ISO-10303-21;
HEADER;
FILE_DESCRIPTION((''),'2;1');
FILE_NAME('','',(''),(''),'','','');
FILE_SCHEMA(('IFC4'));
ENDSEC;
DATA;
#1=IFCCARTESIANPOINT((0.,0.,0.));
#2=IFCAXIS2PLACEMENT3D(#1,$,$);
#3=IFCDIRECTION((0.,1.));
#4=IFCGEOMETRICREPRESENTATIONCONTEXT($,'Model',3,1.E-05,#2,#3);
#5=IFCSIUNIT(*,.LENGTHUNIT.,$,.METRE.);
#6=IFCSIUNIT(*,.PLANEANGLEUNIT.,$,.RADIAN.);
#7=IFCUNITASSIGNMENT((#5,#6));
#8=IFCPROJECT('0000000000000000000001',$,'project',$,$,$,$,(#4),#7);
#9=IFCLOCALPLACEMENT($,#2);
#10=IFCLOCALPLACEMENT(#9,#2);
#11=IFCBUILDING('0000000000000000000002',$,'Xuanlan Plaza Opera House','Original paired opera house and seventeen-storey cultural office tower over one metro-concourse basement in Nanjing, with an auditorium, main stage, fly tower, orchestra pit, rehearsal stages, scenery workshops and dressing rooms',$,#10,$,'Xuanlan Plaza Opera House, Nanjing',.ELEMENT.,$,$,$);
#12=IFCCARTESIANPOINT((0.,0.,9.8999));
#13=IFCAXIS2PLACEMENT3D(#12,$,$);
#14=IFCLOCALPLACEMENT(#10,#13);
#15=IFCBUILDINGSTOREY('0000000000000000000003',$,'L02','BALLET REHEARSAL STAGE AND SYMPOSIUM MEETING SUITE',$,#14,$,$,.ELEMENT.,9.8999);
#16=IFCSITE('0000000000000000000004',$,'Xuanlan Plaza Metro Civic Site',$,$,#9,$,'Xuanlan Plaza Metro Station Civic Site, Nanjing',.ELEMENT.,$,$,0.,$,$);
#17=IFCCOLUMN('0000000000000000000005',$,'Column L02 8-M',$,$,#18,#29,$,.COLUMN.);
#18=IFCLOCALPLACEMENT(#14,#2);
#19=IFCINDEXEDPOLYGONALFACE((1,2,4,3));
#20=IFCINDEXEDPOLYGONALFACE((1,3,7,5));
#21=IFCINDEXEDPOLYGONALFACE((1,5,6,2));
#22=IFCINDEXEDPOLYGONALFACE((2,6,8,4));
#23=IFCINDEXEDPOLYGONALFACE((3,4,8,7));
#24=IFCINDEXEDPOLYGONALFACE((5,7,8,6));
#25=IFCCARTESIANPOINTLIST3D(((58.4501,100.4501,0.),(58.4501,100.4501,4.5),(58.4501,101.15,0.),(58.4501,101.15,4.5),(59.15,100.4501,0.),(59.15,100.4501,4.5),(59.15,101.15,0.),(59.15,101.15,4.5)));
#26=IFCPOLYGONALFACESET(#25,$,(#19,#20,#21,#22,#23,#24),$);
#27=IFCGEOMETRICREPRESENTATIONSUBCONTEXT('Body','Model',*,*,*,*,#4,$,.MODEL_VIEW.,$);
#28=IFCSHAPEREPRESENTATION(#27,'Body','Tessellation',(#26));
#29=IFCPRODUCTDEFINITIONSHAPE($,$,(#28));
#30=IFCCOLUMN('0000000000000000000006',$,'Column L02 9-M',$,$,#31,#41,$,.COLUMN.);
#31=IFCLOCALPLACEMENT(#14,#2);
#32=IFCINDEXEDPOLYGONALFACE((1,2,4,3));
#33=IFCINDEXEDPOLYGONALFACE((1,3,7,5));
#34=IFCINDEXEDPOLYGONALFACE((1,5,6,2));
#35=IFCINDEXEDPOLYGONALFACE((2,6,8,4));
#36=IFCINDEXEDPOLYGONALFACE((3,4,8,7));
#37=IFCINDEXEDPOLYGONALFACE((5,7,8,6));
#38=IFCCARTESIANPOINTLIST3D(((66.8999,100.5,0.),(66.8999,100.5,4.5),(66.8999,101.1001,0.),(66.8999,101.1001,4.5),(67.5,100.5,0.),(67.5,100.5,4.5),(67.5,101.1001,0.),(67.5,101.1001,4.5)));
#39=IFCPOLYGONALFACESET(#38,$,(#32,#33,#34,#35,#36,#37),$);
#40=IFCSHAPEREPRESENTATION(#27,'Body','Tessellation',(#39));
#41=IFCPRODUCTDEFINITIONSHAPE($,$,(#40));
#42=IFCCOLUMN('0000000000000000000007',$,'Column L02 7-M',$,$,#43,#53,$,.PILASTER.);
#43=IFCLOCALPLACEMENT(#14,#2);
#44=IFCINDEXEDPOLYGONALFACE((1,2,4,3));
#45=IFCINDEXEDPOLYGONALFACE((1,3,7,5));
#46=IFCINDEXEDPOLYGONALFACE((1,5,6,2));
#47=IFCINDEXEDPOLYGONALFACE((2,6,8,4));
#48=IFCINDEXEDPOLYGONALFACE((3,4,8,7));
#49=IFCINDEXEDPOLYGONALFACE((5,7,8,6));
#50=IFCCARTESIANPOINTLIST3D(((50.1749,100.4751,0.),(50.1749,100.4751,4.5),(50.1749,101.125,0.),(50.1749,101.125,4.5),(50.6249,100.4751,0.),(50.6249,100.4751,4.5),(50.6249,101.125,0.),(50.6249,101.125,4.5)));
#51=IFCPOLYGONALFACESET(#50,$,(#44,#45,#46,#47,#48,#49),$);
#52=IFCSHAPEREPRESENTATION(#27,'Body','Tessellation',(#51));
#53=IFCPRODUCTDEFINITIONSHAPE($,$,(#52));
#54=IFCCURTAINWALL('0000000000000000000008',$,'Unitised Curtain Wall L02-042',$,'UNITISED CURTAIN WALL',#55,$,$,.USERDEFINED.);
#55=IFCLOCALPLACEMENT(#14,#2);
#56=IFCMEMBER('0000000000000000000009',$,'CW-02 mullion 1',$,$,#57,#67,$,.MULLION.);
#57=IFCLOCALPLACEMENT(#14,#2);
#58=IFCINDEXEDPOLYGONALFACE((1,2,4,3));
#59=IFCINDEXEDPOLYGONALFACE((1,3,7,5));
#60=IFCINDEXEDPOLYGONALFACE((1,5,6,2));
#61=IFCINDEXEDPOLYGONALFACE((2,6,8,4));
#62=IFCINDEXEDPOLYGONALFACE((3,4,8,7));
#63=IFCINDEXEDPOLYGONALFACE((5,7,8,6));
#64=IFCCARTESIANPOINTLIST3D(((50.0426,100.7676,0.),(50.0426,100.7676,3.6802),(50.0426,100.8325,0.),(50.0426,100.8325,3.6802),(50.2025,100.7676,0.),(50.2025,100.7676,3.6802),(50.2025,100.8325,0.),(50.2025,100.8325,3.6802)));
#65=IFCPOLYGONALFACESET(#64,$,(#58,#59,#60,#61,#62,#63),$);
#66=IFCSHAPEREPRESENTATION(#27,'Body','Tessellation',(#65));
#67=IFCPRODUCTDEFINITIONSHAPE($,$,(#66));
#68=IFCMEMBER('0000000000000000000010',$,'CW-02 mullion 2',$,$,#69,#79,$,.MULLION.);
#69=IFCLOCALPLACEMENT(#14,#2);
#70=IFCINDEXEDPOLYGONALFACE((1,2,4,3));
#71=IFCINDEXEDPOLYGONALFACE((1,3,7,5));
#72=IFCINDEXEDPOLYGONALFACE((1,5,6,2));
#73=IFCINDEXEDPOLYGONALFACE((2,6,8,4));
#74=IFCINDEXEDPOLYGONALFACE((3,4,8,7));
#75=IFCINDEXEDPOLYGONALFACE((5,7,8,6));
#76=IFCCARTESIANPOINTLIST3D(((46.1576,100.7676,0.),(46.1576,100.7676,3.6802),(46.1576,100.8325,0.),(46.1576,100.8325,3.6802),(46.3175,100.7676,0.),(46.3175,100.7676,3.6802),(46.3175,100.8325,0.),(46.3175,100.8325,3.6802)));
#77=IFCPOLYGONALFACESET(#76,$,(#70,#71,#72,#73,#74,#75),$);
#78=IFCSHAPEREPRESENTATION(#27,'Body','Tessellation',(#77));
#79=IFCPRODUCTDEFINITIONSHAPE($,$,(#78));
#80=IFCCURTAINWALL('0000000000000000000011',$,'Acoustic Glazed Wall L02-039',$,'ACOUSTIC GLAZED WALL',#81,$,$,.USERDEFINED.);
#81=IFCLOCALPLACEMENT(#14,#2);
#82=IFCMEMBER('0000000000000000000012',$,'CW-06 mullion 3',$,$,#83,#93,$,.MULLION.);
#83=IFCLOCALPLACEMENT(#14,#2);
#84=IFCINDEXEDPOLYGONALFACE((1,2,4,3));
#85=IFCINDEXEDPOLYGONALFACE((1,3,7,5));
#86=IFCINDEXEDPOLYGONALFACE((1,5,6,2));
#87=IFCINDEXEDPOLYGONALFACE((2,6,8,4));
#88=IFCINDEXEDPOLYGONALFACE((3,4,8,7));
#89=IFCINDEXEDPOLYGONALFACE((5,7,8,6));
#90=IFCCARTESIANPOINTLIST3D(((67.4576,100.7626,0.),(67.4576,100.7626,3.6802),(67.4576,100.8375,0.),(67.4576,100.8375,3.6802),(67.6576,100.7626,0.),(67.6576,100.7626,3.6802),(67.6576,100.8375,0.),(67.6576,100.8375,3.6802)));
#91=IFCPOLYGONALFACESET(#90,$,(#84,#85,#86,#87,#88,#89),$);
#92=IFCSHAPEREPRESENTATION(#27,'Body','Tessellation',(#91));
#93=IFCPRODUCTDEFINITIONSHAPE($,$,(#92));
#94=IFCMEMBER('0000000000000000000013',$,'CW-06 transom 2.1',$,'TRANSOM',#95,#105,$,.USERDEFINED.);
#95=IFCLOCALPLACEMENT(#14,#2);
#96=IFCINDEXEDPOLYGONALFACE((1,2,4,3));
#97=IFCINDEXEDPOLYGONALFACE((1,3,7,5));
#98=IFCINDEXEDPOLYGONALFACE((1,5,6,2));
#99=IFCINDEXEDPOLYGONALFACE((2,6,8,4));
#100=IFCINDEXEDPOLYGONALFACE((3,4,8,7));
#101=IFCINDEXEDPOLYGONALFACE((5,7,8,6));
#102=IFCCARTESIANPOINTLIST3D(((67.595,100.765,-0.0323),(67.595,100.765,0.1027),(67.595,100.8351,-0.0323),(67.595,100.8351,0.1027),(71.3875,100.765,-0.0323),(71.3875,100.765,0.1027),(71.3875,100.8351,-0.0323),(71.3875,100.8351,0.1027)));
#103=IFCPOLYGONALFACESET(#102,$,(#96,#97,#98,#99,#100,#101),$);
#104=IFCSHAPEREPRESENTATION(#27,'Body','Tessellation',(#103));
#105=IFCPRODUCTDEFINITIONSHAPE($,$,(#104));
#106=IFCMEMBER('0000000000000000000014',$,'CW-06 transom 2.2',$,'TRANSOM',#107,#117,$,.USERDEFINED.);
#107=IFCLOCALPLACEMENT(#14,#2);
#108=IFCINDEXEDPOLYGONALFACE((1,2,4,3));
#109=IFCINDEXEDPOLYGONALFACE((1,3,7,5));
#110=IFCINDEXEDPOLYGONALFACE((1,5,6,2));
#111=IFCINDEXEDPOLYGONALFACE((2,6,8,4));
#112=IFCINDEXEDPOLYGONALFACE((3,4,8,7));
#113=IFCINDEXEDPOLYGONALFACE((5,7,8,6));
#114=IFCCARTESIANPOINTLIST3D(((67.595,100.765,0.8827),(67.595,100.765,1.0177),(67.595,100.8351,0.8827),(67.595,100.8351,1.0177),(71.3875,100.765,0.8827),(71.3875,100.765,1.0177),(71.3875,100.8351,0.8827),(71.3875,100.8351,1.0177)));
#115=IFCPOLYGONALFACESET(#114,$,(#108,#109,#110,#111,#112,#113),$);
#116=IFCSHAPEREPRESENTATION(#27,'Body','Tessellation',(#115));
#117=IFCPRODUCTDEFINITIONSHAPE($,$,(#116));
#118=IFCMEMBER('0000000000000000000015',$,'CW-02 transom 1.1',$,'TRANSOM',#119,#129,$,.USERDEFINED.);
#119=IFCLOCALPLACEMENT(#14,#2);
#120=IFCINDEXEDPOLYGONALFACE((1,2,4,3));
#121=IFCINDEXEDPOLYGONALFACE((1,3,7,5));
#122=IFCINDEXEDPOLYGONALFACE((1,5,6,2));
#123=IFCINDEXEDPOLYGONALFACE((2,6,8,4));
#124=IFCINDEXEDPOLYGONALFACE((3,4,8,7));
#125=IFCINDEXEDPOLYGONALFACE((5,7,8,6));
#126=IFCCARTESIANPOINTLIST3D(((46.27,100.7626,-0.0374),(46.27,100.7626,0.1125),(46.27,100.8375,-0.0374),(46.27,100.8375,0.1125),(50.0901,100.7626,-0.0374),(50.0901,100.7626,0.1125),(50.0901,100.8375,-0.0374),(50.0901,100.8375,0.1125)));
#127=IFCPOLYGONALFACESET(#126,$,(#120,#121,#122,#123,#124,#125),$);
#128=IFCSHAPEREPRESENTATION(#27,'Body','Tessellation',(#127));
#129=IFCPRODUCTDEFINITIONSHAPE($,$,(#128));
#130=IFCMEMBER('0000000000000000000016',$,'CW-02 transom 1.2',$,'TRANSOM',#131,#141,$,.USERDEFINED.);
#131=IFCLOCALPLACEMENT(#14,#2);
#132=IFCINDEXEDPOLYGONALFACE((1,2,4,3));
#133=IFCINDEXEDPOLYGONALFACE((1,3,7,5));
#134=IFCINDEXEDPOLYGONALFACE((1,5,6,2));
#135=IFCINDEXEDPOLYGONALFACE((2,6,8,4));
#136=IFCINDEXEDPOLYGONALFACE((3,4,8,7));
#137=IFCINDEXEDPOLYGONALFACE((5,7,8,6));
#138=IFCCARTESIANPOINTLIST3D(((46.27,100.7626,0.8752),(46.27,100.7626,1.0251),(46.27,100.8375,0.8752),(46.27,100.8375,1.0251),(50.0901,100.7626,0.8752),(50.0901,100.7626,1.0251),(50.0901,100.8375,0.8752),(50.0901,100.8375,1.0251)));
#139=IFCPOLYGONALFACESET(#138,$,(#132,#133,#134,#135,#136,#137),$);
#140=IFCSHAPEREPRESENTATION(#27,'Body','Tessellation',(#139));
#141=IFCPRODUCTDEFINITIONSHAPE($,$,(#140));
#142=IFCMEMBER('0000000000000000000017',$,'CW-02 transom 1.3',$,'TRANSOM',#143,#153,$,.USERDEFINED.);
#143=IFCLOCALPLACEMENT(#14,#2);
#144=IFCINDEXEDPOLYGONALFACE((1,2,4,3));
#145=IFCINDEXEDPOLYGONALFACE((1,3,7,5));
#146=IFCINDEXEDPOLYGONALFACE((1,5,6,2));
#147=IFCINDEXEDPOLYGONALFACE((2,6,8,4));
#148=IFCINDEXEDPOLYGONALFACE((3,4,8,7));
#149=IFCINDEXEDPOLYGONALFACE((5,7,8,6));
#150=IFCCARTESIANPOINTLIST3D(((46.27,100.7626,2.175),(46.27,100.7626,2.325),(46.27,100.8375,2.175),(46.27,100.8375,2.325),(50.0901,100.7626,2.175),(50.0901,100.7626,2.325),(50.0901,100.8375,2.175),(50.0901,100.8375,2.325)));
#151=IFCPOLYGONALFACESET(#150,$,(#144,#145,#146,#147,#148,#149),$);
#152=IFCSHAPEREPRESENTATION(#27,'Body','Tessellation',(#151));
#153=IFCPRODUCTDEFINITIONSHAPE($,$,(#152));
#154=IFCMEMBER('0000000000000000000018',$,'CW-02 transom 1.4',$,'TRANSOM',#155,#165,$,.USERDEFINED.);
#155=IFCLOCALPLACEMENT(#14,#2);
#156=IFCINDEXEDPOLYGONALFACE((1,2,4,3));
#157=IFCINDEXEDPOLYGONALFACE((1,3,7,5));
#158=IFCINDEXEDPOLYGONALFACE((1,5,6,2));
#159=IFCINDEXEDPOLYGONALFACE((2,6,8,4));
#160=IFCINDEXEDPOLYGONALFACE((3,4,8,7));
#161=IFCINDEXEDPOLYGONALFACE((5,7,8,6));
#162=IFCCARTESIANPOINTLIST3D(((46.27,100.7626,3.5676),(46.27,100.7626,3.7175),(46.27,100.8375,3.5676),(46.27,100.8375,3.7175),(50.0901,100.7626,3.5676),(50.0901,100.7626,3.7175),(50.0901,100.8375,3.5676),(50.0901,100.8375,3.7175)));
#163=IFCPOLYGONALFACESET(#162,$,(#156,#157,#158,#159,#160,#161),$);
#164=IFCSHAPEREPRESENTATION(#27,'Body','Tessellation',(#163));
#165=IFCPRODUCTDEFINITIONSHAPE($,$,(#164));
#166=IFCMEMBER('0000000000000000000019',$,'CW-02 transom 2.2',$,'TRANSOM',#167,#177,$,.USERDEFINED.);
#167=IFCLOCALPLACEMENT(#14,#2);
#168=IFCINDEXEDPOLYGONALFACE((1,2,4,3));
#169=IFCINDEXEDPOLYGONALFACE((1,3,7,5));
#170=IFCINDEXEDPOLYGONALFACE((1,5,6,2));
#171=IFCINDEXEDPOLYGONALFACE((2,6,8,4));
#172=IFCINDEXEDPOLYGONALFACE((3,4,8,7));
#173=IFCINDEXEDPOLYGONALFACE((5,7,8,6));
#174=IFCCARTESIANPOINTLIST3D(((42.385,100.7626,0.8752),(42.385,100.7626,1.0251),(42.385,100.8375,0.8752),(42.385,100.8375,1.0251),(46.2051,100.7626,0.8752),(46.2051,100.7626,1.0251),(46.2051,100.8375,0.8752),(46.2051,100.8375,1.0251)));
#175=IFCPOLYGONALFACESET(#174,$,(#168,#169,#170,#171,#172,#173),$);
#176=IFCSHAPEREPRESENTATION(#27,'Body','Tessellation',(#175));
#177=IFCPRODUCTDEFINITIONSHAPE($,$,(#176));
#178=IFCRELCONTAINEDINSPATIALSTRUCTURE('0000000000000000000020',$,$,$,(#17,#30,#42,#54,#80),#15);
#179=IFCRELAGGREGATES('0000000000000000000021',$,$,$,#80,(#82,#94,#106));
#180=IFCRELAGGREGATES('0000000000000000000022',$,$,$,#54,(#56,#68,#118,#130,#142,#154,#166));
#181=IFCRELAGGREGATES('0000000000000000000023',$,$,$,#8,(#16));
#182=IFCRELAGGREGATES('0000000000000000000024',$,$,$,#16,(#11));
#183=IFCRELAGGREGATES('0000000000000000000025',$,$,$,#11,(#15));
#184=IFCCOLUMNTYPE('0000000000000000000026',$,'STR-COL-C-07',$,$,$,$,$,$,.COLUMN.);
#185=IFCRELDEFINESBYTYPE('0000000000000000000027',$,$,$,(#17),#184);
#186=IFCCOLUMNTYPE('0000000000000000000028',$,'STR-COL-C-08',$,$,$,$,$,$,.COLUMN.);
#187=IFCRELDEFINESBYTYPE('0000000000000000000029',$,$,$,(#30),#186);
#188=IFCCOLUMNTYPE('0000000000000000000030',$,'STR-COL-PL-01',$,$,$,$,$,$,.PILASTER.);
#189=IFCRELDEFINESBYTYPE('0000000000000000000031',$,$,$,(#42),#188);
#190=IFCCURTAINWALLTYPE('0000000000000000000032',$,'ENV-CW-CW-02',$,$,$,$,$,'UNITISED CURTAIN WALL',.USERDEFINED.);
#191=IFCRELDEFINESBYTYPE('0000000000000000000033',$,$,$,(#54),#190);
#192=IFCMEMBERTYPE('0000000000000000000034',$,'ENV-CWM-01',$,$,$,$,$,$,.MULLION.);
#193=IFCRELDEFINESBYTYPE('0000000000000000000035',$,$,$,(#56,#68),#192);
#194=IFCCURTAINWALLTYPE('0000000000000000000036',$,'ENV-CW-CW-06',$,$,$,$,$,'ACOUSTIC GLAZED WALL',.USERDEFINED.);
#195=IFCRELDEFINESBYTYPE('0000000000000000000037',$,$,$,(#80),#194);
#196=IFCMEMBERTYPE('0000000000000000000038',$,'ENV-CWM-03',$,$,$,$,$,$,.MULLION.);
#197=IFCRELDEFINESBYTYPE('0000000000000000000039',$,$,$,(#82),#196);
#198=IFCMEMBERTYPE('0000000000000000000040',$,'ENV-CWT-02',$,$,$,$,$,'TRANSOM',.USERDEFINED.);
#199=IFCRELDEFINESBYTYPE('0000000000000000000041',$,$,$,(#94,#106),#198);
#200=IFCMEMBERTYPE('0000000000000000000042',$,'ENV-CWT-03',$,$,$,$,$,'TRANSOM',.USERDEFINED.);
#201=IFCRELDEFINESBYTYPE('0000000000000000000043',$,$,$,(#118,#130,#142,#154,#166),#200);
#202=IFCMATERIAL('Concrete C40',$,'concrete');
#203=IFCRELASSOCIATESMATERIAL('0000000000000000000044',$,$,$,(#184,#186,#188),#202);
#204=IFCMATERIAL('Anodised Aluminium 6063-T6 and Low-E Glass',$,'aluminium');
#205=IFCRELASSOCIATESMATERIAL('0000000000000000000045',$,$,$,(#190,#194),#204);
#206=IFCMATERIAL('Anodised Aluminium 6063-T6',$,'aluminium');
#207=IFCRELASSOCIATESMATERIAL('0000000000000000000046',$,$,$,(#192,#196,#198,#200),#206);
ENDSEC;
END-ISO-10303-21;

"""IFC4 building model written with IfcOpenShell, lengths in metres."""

from ifc_helpers import new_model, si_unit, direction, frame, origin, origin_2d, place, context, subcontext, project, spatial, rectangle, extrude, material, material_profile, profile_set, type_object, element, aggregate, save


model = new_model("IFC4")

# Units and contexts
model_context = context("Model", 3, precision=1e-05, world=origin(), true_north=direction((0.0, 1.0)))
body_context = subcontext(model_context, "Body", "Model", "MODEL_VIEW")
ifc_project = project(units=[si_unit("LENGTHUNIT", "METRE"), si_unit("PLANEANGLEUNIT", "RADIAN")], contexts=[model_context])

# Site, building, storey
site_placement = place(None, origin())
site = spatial("IfcSite", under=ifc_project, at=site_placement, Name="Xuanlan Plaza Metro Civic Site", LongName="Xuanlan Plaza Metro Station Civic Site, Nanjing", CompositionType="ELEMENT", RefElevation=0.0)
building_placement = place(site_placement, origin())
building = spatial("IfcBuilding", under=site, at=building_placement, Name="Xuanlan Plaza Opera House", Description="Original paired opera house and seventeen-storey cultural office tower over one metro-concourse basement in Nanjing, with an auditorium, main stage, fly tower, orchestra pit, rehearsal stages, scenery workshops and dressing rooms", LongName="Xuanlan Plaza Opera House, Nanjing", CompositionType="ELEMENT")
storey_placement = place(building_placement, frame((0.0, 0.0, 9.8999)))
storey = spatial("IfcBuildingStorey", under=building, at=storey_placement, Name="L02", Description="BALLET REHEARSAL STAGE AND SYMPOSIUM MEETING SUITE", CompositionType="ELEMENT", Elevation=9.8999)

# Columns
ifc_material_1 = material(Name="Concrete C40", Category="concrete")
ifc_material_profile_1 = material_profile(ifc_material_1, rectangle(XDim=0.7, YDim=0.7, at=origin_2d()), Name="RC-COL 700x700")
ifc_profile_set_1 = profile_set([ifc_material_profile_1], Name="Concrete C40")
column_type_1 = type_object("IfcColumnType", Name="STR-COL-C-07", PredefinedType="COLUMN", material=ifc_profile_set_1)
column_1_placement = place(storey_placement, frame((58.8, 100.8, 0.0), z_axis=(0.0, 0.0, 1.0), x_axis=(1.0, 0.0, 0.0)))
element("IfcColumn", 1, at=column_1_placement, inside=storey, type_object=column_type_1, Name="Column L02 8-M", PredefinedType="COLUMN", context=body_context, shape_type="SweptSolid", body=[
    extrude(rectangle(XDim=0.7, YDim=0.7, at=origin_2d()), origin(), (0.0, 0.0, 1.0), 4.5),
])
ifc_material_profile_2 = material_profile(ifc_material_1, rectangle(XDim=0.6001, YDim=0.6001, at=origin_2d()), Name="RC-COL 600x600")
ifc_profile_set_2 = profile_set([ifc_material_profile_2], Name="Concrete C40")
column_type_2 = type_object("IfcColumnType", Name="STR-COL-C-08", PredefinedType="COLUMN", material=ifc_profile_set_2)
column_2_placement = place(storey_placement, frame((67.2, 100.8, 0.0), z_axis=(0.0, 0.0, 1.0), x_axis=(1.0, 0.0, 0.0)))
element("IfcColumn", 2, at=column_2_placement, inside=storey, type_object=column_type_2, Name="Column L02 9-M", PredefinedType="COLUMN", context=body_context, shape_type="SweptSolid", body=[
    extrude(rectangle(XDim=0.6001, YDim=0.6001, at=origin_2d()), origin(), (0.0, 0.0, 1.0), 4.5),
])
ifc_material_profile_3 = material_profile(ifc_material_1, rectangle(XDim=0.45, YDim=0.6499, at=origin_2d()), Name="RC-PIL 450x650")
ifc_profile_set_3 = profile_set([ifc_material_profile_3], Name="Concrete C40")
column_type_3 = type_object("IfcColumnType", Name="STR-COL-PL-01", PredefinedType="PILASTER", material=ifc_profile_set_3)
column_3_placement = place(storey_placement, frame((50.3999, 100.8, 0.0), z_axis=(0.0, 0.0, 1.0), x_axis=(1.0, 0.0, 0.0)))
element("IfcColumn", 3, at=column_3_placement, inside=storey, type_object=column_type_3, Name="Column L02 7-M", PredefinedType="PILASTER", context=body_context, shape_type="SweptSolid", body=[
    extrude(rectangle(XDim=0.45, YDim=0.6499, at=origin_2d()), origin(), (0.0, 0.0, 1.0), 4.5),
])

# Curtain walls, members
ifc_material_2 = material(Name="Anodised Aluminium 6063-T6 and Low-E Glass", Category="aluminium")
curtain_wall_type_1 = type_object("IfcCurtainWallType", Name="ENV-CW-CW-02", ElementType="UNITISED CURTAIN WALL", PredefinedType="USERDEFINED", material=ifc_material_2)
curtain_wall_1_placement = place(storey_placement, origin())
curtain_wall_1 = element("IfcCurtainWall", 4, at=curtain_wall_1_placement, inside=storey, type_object=curtain_wall_type_1, Name="Unitised Curtain Wall L02-042", ObjectType="UNITISED CURTAIN WALL", PredefinedType="USERDEFINED")
ifc_material_3 = material(Name="Anodised Aluminium 6063-T6", Category="aluminium")
ifc_material_profile_4 = material_profile(ifc_material_3, rectangle(XDim=0.0649, YDim=0.1599, at=origin_2d()), Name="ALU-M 65x160")
ifc_profile_set_4 = profile_set([ifc_material_profile_4], Name="Anodised Aluminium 6063-T6")
member_type_1 = type_object("IfcMemberType", Name="ENV-CWM-01", PredefinedType="MULLION", material=ifc_profile_set_4)
member_1_placement = place(storey_placement, frame((50.1226, 100.8, 0.0), z_axis=(0.0, 0.0, 1.0), x_axis=(0.0, -1.0, 0.0)))
member_1 = element("IfcMember", 5, at=member_1_placement, type_object=member_type_1, Name="CW-02 mullion 1", PredefinedType="MULLION", context=body_context, shape_type="SweptSolid", body=[
    extrude(rectangle(XDim=0.0649, YDim=0.1599, at=origin_2d()), origin(), (0.0, 0.0, 1.0), 3.6802),
])
member_2_placement = place(storey_placement, frame((46.2375, 100.8, 0.0), z_axis=(0.0, 0.0, 1.0), x_axis=(0.0, -1.0, 0.0)))
member_2 = element("IfcMember", 6, at=member_2_placement, type_object=member_type_1, Name="CW-02 mullion 2", PredefinedType="MULLION", context=body_context, shape_type="SweptSolid", body=[
    extrude(rectangle(XDim=0.0649, YDim=0.1599, at=origin_2d()), origin(), (0.0, 0.0, 1.0), 3.6802),
])
curtain_wall_type_2 = type_object("IfcCurtainWallType", Name="ENV-CW-CW-06", ElementType="ACOUSTIC GLAZED WALL", PredefinedType="USERDEFINED", material=ifc_material_2)
curtain_wall_2_placement = place(storey_placement, origin())
curtain_wall_2 = element("IfcCurtainWall", 7, at=curtain_wall_2_placement, inside=storey, type_object=curtain_wall_type_2, Name="Acoustic Glazed Wall L02-039", ObjectType="ACOUSTIC GLAZED WALL", PredefinedType="USERDEFINED")
ifc_material_profile_5 = material_profile(ifc_material_3, rectangle(XDim=0.075, YDim=0.2, at=origin_2d()), Name="ALU-M 75x200")
ifc_profile_set_5 = profile_set([ifc_material_profile_5], Name="Anodised Aluminium 6063-T6")
member_type_2 = type_object("IfcMemberType", Name="ENV-CWM-03", PredefinedType="MULLION", material=ifc_profile_set_5)
member_3_placement = place(storey_placement, frame((67.5576, 100.8, 0.0), z_axis=(0.0, 0.0, 1.0), x_axis=(0.0, -1.0, 0.0)))
member_3 = element("IfcMember", 8, at=member_3_placement, type_object=member_type_2, Name="CW-06 mullion 3", PredefinedType="MULLION", context=body_context, shape_type="SweptSolid", body=[
    extrude(rectangle(XDim=0.075, YDim=0.2, at=origin_2d()), origin(), (0.0, 0.0, 1.0), 3.6802),
])
ifc_material_profile_6 = material_profile(ifc_material_3, rectangle(XDim=0.0701, YDim=0.135, at=origin_2d()), Name="ALU-T 70x135")
ifc_profile_set_6 = profile_set([ifc_material_profile_6], Name="Anodised Aluminium 6063-T6")
member_type_3 = type_object("IfcMemberType", Name="ENV-CWT-02", ElementType="TRANSOM", PredefinedType="USERDEFINED", material=ifc_profile_set_6)
member_4_placement = place(storey_placement, frame((71.3875, 100.8, 0.0352), z_axis=(-1.0, 0.0, 0.0), x_axis=(0.0, -1.0, 0.0)))
member_4 = element("IfcMember", 9, at=member_4_placement, type_object=member_type_3, Name="CW-06 transom 2.1", ObjectType="TRANSOM", PredefinedType="USERDEFINED", context=body_context, shape_type="SweptSolid", body=[
    extrude(rectangle(XDim=0.0701, YDim=0.135, at=origin_2d()), origin(), (0.0, 0.0, 1.0), 3.7925),
])
member_5_placement = place(storey_placement, frame((71.3875, 100.8, 0.9502), z_axis=(-1.0, 0.0, 0.0), x_axis=(0.0, -1.0, 0.0)))
member_5 = element("IfcMember", 10, at=member_5_placement, type_object=member_type_3, Name="CW-06 transom 2.2", ObjectType="TRANSOM", PredefinedType="USERDEFINED", context=body_context, shape_type="SweptSolid", body=[
    extrude(rectangle(XDim=0.0701, YDim=0.135, at=origin_2d()), origin(), (0.0, 0.0, 1.0), 3.7925),
])

# Members
ifc_material_profile_7 = material_profile(ifc_material_3, rectangle(XDim=0.075, YDim=0.1499, at=origin_2d()), Name="ALU-T 75x150")
ifc_profile_set_7 = profile_set([ifc_material_profile_7], Name="Anodised Aluminium 6063-T6")
member_type_4 = type_object("IfcMemberType", Name="ENV-CWT-03", ElementType="TRANSOM", PredefinedType="USERDEFINED", material=ifc_profile_set_7)
member_6_placement = place(storey_placement, frame((50.0901, 100.8, 0.0376), z_axis=(-1.0, 0.0, 0.0), x_axis=(0.0, -1.0, 0.0)))
member_6 = element("IfcMember", 11, at=member_6_placement, type_object=member_type_4, Name="CW-02 transom 1.1", ObjectType="TRANSOM", PredefinedType="USERDEFINED", context=body_context, shape_type="SweptSolid", body=[
    extrude(rectangle(XDim=0.075, YDim=0.1499, at=origin_2d()), origin(), (0.0, 0.0, 1.0), 3.8201),
])
member_7_placement = place(storey_placement, frame((50.0901, 100.8, 0.9502), z_axis=(-1.0, 0.0, 0.0), x_axis=(0.0, -1.0, 0.0)))
member_7 = element("IfcMember", 12, at=member_7_placement, type_object=member_type_4, Name="CW-02 transom 1.2", ObjectType="TRANSOM", PredefinedType="USERDEFINED", context=body_context, shape_type="SweptSolid", body=[
    extrude(rectangle(XDim=0.075, YDim=0.1499, at=origin_2d()), origin(), (0.0, 0.0, 1.0), 3.8201),
])
member_8_placement = place(storey_placement, frame((50.0901, 100.8, 2.25), z_axis=(-1.0, 0.0, 0.0), x_axis=(0.0, -1.0, 0.0)))
member_8 = element("IfcMember", 13, at=member_8_placement, type_object=member_type_4, Name="CW-02 transom 1.3", ObjectType="TRANSOM", PredefinedType="USERDEFINED", context=body_context, shape_type="SweptSolid", body=[
    extrude(rectangle(XDim=0.075, YDim=0.1499, at=origin_2d()), origin(), (0.0, 0.0, 1.0), 3.8201),
])
member_9_placement = place(storey_placement, frame((50.0901, 100.8, 3.6426), z_axis=(-1.0, 0.0, 0.0), x_axis=(0.0, -1.0, 0.0)))
member_9 = element("IfcMember", 14, at=member_9_placement, type_object=member_type_4, Name="CW-02 transom 1.4", ObjectType="TRANSOM", PredefinedType="USERDEFINED", context=body_context, shape_type="SweptSolid", body=[
    extrude(rectangle(XDim=0.075, YDim=0.1499, at=origin_2d()), origin(), (0.0, 0.0, 1.0), 3.8201),
])
member_10_placement = place(storey_placement, frame((46.2051, 100.8, 0.9502), z_axis=(-1.0, 0.0, 0.0), x_axis=(0.0, -1.0, 0.0)))
member_10 = element("IfcMember", 15, at=member_10_placement, type_object=member_type_4, Name="CW-02 transom 2.2", ObjectType="TRANSOM", PredefinedType="USERDEFINED", context=body_context, shape_type="SweptSolid", body=[
    extrude(rectangle(XDim=0.075, YDim=0.1499, at=origin_2d()), origin(), (0.0, 0.0, 1.0), 3.8201),
])

aggregate(curtain_wall_2, [member_3, member_4, member_5])
aggregate(curtain_wall_1, [member_1, member_2, member_6, member_7, member_8, member_9, member_10])

save(model, "model.ifc")
